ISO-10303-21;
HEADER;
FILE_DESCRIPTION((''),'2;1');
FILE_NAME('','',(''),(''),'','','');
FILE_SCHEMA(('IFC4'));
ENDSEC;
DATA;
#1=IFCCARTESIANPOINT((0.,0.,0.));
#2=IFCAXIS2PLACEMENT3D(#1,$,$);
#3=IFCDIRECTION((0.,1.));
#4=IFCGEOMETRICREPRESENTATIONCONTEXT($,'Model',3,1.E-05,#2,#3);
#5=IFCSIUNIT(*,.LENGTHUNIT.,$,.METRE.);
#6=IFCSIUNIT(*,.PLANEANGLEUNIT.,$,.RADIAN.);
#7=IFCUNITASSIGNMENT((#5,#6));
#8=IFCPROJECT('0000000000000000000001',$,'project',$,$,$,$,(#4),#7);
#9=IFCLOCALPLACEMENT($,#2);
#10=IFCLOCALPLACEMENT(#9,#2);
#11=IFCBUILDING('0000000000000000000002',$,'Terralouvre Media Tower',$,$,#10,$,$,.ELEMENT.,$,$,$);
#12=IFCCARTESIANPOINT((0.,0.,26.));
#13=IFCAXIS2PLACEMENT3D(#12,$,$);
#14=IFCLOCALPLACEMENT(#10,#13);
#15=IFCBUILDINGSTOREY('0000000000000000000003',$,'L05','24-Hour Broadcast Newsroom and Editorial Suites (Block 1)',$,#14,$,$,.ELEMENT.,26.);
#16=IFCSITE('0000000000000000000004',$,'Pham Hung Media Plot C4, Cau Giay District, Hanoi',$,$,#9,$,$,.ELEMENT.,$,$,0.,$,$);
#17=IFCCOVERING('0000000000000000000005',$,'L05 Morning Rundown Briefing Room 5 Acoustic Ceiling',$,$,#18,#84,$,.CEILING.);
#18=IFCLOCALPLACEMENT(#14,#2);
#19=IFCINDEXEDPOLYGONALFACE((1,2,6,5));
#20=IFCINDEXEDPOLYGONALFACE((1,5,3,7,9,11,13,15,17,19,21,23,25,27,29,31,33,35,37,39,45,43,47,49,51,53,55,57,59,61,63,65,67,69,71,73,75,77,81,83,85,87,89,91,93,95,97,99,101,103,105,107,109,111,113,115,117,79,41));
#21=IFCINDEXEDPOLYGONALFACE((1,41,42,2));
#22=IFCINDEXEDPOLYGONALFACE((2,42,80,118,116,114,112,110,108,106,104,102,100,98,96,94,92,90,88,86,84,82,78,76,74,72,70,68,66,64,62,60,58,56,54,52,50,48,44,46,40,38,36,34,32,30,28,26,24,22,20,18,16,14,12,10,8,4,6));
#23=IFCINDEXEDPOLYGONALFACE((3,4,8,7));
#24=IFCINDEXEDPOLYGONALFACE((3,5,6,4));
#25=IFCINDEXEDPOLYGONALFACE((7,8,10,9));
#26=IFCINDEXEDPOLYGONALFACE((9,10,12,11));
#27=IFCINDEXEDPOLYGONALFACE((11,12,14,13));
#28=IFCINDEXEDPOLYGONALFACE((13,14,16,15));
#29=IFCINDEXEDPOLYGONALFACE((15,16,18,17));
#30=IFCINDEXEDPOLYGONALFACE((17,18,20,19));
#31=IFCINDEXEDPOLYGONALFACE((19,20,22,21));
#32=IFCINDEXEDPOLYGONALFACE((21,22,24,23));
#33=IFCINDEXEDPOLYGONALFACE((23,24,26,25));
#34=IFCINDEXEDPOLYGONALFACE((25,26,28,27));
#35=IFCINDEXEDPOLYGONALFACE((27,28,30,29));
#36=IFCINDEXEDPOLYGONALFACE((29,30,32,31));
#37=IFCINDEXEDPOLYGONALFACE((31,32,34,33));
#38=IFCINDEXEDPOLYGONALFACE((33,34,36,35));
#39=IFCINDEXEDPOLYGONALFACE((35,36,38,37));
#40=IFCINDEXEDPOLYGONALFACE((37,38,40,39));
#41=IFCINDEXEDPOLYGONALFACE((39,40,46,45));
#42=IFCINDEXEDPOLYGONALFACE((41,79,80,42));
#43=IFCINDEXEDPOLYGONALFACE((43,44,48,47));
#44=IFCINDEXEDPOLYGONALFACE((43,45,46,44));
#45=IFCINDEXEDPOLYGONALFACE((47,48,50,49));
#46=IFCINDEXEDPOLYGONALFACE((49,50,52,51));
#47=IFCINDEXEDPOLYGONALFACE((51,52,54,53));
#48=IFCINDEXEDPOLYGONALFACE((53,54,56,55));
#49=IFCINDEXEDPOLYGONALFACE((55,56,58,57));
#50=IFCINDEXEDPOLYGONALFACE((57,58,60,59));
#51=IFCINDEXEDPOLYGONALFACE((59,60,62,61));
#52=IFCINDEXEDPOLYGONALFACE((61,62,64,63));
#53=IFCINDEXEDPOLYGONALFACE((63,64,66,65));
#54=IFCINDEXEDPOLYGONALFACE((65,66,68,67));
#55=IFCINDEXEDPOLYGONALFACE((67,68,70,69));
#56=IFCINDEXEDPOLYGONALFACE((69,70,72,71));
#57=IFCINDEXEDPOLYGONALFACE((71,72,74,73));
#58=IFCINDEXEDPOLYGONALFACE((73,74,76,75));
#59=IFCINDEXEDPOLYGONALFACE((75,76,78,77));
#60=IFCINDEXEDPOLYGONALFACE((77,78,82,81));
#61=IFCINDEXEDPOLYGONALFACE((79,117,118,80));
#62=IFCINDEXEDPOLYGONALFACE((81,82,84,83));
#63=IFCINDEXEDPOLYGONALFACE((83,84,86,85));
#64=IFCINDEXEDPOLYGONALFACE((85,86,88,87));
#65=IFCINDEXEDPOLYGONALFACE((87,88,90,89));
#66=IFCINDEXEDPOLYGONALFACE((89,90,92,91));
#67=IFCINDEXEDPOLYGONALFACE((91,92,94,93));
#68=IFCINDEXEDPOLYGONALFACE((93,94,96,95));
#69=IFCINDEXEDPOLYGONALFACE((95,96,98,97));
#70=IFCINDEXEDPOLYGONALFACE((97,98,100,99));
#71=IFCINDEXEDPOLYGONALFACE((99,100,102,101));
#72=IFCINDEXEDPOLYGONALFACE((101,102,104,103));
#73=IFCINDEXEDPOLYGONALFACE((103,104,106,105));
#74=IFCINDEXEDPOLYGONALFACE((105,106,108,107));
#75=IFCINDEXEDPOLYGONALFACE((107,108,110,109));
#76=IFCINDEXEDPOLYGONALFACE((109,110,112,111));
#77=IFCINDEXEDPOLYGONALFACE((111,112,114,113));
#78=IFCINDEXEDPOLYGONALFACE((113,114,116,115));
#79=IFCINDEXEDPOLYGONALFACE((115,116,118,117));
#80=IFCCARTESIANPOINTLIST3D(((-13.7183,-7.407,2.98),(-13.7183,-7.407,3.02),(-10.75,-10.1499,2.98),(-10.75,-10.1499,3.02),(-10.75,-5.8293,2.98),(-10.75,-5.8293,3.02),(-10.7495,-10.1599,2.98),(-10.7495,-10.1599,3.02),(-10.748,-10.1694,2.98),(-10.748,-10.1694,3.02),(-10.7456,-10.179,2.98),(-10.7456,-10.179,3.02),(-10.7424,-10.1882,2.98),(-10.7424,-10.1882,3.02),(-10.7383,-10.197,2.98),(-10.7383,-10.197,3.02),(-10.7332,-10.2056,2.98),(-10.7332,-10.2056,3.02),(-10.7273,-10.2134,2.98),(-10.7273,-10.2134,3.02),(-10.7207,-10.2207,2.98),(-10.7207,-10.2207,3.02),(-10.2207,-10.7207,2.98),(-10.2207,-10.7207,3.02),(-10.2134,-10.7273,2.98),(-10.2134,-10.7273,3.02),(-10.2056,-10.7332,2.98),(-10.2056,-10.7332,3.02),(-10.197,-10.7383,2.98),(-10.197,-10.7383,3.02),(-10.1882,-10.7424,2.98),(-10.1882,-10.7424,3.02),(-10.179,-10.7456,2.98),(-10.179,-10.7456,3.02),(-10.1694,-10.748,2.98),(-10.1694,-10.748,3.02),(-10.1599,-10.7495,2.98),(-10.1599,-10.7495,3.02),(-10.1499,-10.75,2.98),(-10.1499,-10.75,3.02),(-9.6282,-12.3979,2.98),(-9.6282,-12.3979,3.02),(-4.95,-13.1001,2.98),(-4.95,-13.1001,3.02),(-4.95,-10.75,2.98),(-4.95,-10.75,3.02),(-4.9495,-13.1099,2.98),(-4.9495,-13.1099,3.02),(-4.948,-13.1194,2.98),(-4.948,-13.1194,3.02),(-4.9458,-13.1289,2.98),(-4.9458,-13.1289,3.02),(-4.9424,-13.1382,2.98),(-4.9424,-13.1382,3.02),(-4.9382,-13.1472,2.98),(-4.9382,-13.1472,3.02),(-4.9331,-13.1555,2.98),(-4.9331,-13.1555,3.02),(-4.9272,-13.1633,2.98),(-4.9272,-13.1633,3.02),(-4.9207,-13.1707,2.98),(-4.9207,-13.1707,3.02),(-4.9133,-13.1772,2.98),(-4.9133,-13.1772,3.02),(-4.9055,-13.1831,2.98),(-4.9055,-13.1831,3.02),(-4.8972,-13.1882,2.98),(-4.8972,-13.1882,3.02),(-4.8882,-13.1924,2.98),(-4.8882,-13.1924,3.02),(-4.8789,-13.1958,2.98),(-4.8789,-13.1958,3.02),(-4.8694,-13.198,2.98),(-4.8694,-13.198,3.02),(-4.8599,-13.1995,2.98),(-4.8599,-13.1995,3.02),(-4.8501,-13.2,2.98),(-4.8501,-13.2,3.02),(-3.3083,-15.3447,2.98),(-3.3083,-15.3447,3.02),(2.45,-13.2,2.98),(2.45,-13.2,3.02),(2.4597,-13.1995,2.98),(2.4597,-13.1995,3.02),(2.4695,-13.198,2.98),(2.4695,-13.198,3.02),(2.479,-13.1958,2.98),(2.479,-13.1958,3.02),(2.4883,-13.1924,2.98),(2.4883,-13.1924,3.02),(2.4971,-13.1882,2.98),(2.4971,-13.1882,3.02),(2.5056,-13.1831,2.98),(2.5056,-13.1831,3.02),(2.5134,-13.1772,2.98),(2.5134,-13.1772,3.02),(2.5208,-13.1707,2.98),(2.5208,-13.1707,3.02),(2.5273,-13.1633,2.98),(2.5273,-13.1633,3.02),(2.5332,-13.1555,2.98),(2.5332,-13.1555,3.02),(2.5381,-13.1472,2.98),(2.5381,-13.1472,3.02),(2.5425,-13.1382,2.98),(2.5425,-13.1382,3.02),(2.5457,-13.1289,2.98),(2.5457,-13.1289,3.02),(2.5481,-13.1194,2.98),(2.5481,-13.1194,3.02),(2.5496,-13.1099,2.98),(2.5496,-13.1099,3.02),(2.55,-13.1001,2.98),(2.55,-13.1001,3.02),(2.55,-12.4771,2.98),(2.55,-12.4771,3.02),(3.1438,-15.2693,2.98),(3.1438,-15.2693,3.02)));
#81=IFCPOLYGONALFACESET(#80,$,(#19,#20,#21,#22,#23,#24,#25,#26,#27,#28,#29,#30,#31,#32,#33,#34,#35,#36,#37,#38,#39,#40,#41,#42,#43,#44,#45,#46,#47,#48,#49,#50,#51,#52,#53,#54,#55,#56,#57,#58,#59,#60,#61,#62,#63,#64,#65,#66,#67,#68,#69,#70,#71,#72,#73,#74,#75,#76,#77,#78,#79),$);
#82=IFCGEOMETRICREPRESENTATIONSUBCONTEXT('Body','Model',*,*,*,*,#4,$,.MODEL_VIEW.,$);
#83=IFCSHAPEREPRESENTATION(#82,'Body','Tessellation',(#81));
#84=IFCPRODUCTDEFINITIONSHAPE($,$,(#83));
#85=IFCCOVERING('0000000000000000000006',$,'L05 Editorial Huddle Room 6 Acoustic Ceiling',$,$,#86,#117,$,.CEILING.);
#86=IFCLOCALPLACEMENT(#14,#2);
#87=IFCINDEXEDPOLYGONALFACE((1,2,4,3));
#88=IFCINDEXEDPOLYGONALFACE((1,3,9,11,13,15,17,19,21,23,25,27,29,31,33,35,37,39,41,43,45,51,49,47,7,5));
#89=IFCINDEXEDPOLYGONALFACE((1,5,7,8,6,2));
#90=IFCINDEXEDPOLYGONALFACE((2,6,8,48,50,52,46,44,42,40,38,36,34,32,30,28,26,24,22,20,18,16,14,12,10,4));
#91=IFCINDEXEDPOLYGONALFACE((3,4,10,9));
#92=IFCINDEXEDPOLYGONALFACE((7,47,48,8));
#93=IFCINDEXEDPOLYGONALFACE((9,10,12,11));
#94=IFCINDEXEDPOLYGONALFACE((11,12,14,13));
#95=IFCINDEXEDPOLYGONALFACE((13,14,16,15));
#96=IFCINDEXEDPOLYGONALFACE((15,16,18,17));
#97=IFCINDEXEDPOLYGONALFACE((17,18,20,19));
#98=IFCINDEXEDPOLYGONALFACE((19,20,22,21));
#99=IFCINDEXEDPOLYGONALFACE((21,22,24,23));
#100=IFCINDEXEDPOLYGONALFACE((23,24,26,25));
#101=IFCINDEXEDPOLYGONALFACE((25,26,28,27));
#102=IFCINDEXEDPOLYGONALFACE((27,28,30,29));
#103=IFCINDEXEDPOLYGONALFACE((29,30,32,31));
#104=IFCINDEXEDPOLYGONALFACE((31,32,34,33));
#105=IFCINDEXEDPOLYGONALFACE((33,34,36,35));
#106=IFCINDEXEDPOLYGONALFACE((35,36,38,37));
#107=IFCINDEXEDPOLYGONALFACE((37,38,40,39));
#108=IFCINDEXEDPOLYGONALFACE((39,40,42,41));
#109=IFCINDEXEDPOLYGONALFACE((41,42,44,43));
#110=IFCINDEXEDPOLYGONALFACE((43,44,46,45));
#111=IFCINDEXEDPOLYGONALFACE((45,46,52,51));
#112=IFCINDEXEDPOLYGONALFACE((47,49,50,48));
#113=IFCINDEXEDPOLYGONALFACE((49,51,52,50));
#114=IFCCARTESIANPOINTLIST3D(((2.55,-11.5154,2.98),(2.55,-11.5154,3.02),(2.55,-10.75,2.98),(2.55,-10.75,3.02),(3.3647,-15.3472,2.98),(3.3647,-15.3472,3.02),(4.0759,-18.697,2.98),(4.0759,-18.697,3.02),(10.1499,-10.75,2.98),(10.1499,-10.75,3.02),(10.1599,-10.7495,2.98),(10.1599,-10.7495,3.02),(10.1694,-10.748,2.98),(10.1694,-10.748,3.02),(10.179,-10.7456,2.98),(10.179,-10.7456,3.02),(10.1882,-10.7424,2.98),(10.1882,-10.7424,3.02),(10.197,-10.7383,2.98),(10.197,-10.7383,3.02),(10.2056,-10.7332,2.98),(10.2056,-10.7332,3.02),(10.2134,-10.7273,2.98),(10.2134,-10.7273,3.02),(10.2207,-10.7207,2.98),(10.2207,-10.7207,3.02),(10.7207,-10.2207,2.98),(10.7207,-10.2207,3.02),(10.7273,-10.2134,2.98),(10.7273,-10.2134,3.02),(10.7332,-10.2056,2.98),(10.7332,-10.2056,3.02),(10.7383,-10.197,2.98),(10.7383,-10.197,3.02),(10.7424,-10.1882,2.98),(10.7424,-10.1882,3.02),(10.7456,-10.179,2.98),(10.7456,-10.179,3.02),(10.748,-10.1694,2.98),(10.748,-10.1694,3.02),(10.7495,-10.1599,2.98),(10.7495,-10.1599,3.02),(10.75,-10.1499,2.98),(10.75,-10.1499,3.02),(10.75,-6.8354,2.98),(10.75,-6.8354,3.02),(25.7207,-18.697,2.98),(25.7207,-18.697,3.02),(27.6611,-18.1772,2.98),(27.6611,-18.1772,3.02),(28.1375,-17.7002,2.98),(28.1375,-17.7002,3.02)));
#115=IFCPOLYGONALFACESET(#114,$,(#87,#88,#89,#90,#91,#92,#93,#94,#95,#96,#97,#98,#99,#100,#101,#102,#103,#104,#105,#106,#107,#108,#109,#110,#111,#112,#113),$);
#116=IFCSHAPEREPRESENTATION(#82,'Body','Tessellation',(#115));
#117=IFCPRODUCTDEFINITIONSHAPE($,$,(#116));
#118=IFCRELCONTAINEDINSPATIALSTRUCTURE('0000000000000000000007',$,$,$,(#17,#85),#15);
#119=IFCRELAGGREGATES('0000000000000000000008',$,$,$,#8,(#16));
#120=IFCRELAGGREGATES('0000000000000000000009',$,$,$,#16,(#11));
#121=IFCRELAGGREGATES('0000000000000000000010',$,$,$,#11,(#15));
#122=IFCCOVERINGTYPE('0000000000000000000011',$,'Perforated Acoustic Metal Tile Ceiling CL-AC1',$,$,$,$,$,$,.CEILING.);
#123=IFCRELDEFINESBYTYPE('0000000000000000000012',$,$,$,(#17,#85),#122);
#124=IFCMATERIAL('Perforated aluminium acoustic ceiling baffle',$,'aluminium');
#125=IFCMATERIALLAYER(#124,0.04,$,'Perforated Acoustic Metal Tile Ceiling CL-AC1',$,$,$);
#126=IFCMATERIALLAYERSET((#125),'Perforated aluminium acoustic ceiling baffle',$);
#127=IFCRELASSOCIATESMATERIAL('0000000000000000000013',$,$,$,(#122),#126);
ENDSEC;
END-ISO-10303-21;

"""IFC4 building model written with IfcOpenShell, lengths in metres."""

from ifc_helpers import new_model, si_unit, direction, frame, origin, place, context, subcontext, project, spatial, polyline, outline, extrude, material, layer, layer_set, type_object, element, save


model = new_model("IFC4")

# Units and contexts
model_context = context("Model", 3, precision=1e-05, world=origin(), true_north=direction((0.0, 1.0)))
body_context = subcontext(model_context, "Body", "Model", "MODEL_VIEW")
ifc_project = project(units=[si_unit("LENGTHUNIT", "METRE"), si_unit("PLANEANGLEUNIT", "RADIAN")], contexts=[model_context])

# Site, building, storey
site_placement = place(None, origin())
site = spatial("IfcSite", under=ifc_project, at=site_placement, Name="Pham Hung Media Plot C4, Cau Giay District, Hanoi", CompositionType="ELEMENT", RefElevation=0.0)
building_placement = place(site_placement, origin())
building = spatial("IfcBuilding", under=site, at=building_placement, Name="Terralouvre Media Tower", CompositionType="ELEMENT")
storey_placement = place(building_placement, frame((0.0, 0.0, 26.0)))
storey = spatial("IfcBuildingStorey", under=building, at=storey_placement, Name="L05", Description="24-Hour Broadcast Newsroom and Editorial Suites (Block 1)", CompositionType="ELEMENT", Elevation=26.0)

# Coverings
ifc_material_1 = material(Name="Perforated aluminium acoustic ceiling baffle", Category="aluminium")
ifc_layer_1 = layer(ifc_material_1, 0.04, Name="Perforated Acoustic Metal Tile Ceiling CL-AC1")
ifc_layer_set_1 = layer_set([ifc_layer_1], Name="Perforated aluminium acoustic ceiling baffle")
covering_type = type_object("IfcCoveringType", Name="Perforated Acoustic Metal Tile Ceiling CL-AC1", PredefinedType="CEILING", material=ifc_layer_set_1)
covering_1_placement = place(storey_placement, frame((0.0, 0.0, 2.98)))
element("IfcCovering", 1, at=covering_1_placement, inside=storey, type_object=covering_type, Name="L05 Morning Rundown Briefing Room 5 Acoustic Ceiling", PredefinedType="CEILING", context=body_context, shape_type="SweptSolid", body=[
    extrude(outline(polyline([(-9.6282, -12.3979), (-3.3083, -15.3447), (3.1438, -15.2693), (2.55, -12.4771), (2.55, -13.1001), (2.5496, -13.1099), (2.5481, -13.1194), (2.5457, -13.1289), (2.5425, -13.1382), (2.5381, -13.1472), (2.5332, -13.1555), (2.5273, -13.1633), (2.5208, -13.1707), (2.5134, -13.1772), (2.5056, -13.1831), (2.4971, -13.1882), (2.4883, -13.1924), (2.479, -13.1958), (2.4695, -13.198), (2.4597, -13.1995), (2.45, -13.2), (-4.8501, -13.2), (-4.8599, -13.1995), (-4.8694, -13.198), (-4.8789, -13.1958), (-4.8882, -13.1924), (-4.8972, -13.1882), (-4.9055, -13.1831), (-4.9133, -13.1772), (-4.9207, -13.1707), (-4.9272, -13.1633), (-4.9331, -13.1555), (-4.9382, -13.1472), (-4.9424, -13.1382), (-4.9458, -13.1289), (-4.948, -13.1194), (-4.9495, -13.1099), (-4.95, -13.1001), (-4.95, -10.75), (-10.1499, -10.75), (-10.1599, -10.7495), (-10.1694, -10.748), (-10.179, -10.7456), (-10.1882, -10.7424), (-10.197, -10.7383), (-10.2056, -10.7332), (-10.2134, -10.7273), (-10.2207, -10.7207), (-10.7207, -10.2207), (-10.7273, -10.2134), (-10.7332, -10.2056), (-10.7383, -10.197), (-10.7424, -10.1882), (-10.7456, -10.179), (-10.748, -10.1694), (-10.7495, -10.1599), (-10.75, -10.1499), (-10.75, -5.8293), (-13.7183, -7.407), (-9.6282, -12.3979)])), origin(), (0.0, 0.0, 1.0), 0.04),
])
covering_2_placement = place(storey_placement, frame((0.0, 0.0, 2.98)))
element("IfcCovering", 2, at=covering_2_placement, inside=storey, type_object=covering_type, Name="L05 Editorial Huddle Room 6 Acoustic Ceiling", PredefinedType="CEILING", context=body_context, shape_type="SweptSolid", body=[
    extrude(outline(polyline([(10.75, -10.1499), (10.7495, -10.1599), (10.748, -10.1694), (10.7456, -10.179), (10.7424, -10.1882), (10.7383, -10.197), (10.7332, -10.2056), (10.7273, -10.2134), (10.7207, -10.2207), (10.2207, -10.7207), (10.2134, -10.7273), (10.2056, -10.7332), (10.197, -10.7383), (10.1882, -10.7424), (10.179, -10.7456), (10.1694, -10.748), (10.1599, -10.7495), (10.1499, -10.75), (2.55, -10.75), (2.55, -11.5154), (3.3647, -15.3472), (4.0759, -18.697), (25.7207, -18.697), (27.6611, -18.1772), (28.1375, -17.7002), (10.75, -6.8354), (10.75, -10.1499)])), origin(), (0.0, 0.0, 1.0), 0.04),
])

save(model, "model.ifc")
